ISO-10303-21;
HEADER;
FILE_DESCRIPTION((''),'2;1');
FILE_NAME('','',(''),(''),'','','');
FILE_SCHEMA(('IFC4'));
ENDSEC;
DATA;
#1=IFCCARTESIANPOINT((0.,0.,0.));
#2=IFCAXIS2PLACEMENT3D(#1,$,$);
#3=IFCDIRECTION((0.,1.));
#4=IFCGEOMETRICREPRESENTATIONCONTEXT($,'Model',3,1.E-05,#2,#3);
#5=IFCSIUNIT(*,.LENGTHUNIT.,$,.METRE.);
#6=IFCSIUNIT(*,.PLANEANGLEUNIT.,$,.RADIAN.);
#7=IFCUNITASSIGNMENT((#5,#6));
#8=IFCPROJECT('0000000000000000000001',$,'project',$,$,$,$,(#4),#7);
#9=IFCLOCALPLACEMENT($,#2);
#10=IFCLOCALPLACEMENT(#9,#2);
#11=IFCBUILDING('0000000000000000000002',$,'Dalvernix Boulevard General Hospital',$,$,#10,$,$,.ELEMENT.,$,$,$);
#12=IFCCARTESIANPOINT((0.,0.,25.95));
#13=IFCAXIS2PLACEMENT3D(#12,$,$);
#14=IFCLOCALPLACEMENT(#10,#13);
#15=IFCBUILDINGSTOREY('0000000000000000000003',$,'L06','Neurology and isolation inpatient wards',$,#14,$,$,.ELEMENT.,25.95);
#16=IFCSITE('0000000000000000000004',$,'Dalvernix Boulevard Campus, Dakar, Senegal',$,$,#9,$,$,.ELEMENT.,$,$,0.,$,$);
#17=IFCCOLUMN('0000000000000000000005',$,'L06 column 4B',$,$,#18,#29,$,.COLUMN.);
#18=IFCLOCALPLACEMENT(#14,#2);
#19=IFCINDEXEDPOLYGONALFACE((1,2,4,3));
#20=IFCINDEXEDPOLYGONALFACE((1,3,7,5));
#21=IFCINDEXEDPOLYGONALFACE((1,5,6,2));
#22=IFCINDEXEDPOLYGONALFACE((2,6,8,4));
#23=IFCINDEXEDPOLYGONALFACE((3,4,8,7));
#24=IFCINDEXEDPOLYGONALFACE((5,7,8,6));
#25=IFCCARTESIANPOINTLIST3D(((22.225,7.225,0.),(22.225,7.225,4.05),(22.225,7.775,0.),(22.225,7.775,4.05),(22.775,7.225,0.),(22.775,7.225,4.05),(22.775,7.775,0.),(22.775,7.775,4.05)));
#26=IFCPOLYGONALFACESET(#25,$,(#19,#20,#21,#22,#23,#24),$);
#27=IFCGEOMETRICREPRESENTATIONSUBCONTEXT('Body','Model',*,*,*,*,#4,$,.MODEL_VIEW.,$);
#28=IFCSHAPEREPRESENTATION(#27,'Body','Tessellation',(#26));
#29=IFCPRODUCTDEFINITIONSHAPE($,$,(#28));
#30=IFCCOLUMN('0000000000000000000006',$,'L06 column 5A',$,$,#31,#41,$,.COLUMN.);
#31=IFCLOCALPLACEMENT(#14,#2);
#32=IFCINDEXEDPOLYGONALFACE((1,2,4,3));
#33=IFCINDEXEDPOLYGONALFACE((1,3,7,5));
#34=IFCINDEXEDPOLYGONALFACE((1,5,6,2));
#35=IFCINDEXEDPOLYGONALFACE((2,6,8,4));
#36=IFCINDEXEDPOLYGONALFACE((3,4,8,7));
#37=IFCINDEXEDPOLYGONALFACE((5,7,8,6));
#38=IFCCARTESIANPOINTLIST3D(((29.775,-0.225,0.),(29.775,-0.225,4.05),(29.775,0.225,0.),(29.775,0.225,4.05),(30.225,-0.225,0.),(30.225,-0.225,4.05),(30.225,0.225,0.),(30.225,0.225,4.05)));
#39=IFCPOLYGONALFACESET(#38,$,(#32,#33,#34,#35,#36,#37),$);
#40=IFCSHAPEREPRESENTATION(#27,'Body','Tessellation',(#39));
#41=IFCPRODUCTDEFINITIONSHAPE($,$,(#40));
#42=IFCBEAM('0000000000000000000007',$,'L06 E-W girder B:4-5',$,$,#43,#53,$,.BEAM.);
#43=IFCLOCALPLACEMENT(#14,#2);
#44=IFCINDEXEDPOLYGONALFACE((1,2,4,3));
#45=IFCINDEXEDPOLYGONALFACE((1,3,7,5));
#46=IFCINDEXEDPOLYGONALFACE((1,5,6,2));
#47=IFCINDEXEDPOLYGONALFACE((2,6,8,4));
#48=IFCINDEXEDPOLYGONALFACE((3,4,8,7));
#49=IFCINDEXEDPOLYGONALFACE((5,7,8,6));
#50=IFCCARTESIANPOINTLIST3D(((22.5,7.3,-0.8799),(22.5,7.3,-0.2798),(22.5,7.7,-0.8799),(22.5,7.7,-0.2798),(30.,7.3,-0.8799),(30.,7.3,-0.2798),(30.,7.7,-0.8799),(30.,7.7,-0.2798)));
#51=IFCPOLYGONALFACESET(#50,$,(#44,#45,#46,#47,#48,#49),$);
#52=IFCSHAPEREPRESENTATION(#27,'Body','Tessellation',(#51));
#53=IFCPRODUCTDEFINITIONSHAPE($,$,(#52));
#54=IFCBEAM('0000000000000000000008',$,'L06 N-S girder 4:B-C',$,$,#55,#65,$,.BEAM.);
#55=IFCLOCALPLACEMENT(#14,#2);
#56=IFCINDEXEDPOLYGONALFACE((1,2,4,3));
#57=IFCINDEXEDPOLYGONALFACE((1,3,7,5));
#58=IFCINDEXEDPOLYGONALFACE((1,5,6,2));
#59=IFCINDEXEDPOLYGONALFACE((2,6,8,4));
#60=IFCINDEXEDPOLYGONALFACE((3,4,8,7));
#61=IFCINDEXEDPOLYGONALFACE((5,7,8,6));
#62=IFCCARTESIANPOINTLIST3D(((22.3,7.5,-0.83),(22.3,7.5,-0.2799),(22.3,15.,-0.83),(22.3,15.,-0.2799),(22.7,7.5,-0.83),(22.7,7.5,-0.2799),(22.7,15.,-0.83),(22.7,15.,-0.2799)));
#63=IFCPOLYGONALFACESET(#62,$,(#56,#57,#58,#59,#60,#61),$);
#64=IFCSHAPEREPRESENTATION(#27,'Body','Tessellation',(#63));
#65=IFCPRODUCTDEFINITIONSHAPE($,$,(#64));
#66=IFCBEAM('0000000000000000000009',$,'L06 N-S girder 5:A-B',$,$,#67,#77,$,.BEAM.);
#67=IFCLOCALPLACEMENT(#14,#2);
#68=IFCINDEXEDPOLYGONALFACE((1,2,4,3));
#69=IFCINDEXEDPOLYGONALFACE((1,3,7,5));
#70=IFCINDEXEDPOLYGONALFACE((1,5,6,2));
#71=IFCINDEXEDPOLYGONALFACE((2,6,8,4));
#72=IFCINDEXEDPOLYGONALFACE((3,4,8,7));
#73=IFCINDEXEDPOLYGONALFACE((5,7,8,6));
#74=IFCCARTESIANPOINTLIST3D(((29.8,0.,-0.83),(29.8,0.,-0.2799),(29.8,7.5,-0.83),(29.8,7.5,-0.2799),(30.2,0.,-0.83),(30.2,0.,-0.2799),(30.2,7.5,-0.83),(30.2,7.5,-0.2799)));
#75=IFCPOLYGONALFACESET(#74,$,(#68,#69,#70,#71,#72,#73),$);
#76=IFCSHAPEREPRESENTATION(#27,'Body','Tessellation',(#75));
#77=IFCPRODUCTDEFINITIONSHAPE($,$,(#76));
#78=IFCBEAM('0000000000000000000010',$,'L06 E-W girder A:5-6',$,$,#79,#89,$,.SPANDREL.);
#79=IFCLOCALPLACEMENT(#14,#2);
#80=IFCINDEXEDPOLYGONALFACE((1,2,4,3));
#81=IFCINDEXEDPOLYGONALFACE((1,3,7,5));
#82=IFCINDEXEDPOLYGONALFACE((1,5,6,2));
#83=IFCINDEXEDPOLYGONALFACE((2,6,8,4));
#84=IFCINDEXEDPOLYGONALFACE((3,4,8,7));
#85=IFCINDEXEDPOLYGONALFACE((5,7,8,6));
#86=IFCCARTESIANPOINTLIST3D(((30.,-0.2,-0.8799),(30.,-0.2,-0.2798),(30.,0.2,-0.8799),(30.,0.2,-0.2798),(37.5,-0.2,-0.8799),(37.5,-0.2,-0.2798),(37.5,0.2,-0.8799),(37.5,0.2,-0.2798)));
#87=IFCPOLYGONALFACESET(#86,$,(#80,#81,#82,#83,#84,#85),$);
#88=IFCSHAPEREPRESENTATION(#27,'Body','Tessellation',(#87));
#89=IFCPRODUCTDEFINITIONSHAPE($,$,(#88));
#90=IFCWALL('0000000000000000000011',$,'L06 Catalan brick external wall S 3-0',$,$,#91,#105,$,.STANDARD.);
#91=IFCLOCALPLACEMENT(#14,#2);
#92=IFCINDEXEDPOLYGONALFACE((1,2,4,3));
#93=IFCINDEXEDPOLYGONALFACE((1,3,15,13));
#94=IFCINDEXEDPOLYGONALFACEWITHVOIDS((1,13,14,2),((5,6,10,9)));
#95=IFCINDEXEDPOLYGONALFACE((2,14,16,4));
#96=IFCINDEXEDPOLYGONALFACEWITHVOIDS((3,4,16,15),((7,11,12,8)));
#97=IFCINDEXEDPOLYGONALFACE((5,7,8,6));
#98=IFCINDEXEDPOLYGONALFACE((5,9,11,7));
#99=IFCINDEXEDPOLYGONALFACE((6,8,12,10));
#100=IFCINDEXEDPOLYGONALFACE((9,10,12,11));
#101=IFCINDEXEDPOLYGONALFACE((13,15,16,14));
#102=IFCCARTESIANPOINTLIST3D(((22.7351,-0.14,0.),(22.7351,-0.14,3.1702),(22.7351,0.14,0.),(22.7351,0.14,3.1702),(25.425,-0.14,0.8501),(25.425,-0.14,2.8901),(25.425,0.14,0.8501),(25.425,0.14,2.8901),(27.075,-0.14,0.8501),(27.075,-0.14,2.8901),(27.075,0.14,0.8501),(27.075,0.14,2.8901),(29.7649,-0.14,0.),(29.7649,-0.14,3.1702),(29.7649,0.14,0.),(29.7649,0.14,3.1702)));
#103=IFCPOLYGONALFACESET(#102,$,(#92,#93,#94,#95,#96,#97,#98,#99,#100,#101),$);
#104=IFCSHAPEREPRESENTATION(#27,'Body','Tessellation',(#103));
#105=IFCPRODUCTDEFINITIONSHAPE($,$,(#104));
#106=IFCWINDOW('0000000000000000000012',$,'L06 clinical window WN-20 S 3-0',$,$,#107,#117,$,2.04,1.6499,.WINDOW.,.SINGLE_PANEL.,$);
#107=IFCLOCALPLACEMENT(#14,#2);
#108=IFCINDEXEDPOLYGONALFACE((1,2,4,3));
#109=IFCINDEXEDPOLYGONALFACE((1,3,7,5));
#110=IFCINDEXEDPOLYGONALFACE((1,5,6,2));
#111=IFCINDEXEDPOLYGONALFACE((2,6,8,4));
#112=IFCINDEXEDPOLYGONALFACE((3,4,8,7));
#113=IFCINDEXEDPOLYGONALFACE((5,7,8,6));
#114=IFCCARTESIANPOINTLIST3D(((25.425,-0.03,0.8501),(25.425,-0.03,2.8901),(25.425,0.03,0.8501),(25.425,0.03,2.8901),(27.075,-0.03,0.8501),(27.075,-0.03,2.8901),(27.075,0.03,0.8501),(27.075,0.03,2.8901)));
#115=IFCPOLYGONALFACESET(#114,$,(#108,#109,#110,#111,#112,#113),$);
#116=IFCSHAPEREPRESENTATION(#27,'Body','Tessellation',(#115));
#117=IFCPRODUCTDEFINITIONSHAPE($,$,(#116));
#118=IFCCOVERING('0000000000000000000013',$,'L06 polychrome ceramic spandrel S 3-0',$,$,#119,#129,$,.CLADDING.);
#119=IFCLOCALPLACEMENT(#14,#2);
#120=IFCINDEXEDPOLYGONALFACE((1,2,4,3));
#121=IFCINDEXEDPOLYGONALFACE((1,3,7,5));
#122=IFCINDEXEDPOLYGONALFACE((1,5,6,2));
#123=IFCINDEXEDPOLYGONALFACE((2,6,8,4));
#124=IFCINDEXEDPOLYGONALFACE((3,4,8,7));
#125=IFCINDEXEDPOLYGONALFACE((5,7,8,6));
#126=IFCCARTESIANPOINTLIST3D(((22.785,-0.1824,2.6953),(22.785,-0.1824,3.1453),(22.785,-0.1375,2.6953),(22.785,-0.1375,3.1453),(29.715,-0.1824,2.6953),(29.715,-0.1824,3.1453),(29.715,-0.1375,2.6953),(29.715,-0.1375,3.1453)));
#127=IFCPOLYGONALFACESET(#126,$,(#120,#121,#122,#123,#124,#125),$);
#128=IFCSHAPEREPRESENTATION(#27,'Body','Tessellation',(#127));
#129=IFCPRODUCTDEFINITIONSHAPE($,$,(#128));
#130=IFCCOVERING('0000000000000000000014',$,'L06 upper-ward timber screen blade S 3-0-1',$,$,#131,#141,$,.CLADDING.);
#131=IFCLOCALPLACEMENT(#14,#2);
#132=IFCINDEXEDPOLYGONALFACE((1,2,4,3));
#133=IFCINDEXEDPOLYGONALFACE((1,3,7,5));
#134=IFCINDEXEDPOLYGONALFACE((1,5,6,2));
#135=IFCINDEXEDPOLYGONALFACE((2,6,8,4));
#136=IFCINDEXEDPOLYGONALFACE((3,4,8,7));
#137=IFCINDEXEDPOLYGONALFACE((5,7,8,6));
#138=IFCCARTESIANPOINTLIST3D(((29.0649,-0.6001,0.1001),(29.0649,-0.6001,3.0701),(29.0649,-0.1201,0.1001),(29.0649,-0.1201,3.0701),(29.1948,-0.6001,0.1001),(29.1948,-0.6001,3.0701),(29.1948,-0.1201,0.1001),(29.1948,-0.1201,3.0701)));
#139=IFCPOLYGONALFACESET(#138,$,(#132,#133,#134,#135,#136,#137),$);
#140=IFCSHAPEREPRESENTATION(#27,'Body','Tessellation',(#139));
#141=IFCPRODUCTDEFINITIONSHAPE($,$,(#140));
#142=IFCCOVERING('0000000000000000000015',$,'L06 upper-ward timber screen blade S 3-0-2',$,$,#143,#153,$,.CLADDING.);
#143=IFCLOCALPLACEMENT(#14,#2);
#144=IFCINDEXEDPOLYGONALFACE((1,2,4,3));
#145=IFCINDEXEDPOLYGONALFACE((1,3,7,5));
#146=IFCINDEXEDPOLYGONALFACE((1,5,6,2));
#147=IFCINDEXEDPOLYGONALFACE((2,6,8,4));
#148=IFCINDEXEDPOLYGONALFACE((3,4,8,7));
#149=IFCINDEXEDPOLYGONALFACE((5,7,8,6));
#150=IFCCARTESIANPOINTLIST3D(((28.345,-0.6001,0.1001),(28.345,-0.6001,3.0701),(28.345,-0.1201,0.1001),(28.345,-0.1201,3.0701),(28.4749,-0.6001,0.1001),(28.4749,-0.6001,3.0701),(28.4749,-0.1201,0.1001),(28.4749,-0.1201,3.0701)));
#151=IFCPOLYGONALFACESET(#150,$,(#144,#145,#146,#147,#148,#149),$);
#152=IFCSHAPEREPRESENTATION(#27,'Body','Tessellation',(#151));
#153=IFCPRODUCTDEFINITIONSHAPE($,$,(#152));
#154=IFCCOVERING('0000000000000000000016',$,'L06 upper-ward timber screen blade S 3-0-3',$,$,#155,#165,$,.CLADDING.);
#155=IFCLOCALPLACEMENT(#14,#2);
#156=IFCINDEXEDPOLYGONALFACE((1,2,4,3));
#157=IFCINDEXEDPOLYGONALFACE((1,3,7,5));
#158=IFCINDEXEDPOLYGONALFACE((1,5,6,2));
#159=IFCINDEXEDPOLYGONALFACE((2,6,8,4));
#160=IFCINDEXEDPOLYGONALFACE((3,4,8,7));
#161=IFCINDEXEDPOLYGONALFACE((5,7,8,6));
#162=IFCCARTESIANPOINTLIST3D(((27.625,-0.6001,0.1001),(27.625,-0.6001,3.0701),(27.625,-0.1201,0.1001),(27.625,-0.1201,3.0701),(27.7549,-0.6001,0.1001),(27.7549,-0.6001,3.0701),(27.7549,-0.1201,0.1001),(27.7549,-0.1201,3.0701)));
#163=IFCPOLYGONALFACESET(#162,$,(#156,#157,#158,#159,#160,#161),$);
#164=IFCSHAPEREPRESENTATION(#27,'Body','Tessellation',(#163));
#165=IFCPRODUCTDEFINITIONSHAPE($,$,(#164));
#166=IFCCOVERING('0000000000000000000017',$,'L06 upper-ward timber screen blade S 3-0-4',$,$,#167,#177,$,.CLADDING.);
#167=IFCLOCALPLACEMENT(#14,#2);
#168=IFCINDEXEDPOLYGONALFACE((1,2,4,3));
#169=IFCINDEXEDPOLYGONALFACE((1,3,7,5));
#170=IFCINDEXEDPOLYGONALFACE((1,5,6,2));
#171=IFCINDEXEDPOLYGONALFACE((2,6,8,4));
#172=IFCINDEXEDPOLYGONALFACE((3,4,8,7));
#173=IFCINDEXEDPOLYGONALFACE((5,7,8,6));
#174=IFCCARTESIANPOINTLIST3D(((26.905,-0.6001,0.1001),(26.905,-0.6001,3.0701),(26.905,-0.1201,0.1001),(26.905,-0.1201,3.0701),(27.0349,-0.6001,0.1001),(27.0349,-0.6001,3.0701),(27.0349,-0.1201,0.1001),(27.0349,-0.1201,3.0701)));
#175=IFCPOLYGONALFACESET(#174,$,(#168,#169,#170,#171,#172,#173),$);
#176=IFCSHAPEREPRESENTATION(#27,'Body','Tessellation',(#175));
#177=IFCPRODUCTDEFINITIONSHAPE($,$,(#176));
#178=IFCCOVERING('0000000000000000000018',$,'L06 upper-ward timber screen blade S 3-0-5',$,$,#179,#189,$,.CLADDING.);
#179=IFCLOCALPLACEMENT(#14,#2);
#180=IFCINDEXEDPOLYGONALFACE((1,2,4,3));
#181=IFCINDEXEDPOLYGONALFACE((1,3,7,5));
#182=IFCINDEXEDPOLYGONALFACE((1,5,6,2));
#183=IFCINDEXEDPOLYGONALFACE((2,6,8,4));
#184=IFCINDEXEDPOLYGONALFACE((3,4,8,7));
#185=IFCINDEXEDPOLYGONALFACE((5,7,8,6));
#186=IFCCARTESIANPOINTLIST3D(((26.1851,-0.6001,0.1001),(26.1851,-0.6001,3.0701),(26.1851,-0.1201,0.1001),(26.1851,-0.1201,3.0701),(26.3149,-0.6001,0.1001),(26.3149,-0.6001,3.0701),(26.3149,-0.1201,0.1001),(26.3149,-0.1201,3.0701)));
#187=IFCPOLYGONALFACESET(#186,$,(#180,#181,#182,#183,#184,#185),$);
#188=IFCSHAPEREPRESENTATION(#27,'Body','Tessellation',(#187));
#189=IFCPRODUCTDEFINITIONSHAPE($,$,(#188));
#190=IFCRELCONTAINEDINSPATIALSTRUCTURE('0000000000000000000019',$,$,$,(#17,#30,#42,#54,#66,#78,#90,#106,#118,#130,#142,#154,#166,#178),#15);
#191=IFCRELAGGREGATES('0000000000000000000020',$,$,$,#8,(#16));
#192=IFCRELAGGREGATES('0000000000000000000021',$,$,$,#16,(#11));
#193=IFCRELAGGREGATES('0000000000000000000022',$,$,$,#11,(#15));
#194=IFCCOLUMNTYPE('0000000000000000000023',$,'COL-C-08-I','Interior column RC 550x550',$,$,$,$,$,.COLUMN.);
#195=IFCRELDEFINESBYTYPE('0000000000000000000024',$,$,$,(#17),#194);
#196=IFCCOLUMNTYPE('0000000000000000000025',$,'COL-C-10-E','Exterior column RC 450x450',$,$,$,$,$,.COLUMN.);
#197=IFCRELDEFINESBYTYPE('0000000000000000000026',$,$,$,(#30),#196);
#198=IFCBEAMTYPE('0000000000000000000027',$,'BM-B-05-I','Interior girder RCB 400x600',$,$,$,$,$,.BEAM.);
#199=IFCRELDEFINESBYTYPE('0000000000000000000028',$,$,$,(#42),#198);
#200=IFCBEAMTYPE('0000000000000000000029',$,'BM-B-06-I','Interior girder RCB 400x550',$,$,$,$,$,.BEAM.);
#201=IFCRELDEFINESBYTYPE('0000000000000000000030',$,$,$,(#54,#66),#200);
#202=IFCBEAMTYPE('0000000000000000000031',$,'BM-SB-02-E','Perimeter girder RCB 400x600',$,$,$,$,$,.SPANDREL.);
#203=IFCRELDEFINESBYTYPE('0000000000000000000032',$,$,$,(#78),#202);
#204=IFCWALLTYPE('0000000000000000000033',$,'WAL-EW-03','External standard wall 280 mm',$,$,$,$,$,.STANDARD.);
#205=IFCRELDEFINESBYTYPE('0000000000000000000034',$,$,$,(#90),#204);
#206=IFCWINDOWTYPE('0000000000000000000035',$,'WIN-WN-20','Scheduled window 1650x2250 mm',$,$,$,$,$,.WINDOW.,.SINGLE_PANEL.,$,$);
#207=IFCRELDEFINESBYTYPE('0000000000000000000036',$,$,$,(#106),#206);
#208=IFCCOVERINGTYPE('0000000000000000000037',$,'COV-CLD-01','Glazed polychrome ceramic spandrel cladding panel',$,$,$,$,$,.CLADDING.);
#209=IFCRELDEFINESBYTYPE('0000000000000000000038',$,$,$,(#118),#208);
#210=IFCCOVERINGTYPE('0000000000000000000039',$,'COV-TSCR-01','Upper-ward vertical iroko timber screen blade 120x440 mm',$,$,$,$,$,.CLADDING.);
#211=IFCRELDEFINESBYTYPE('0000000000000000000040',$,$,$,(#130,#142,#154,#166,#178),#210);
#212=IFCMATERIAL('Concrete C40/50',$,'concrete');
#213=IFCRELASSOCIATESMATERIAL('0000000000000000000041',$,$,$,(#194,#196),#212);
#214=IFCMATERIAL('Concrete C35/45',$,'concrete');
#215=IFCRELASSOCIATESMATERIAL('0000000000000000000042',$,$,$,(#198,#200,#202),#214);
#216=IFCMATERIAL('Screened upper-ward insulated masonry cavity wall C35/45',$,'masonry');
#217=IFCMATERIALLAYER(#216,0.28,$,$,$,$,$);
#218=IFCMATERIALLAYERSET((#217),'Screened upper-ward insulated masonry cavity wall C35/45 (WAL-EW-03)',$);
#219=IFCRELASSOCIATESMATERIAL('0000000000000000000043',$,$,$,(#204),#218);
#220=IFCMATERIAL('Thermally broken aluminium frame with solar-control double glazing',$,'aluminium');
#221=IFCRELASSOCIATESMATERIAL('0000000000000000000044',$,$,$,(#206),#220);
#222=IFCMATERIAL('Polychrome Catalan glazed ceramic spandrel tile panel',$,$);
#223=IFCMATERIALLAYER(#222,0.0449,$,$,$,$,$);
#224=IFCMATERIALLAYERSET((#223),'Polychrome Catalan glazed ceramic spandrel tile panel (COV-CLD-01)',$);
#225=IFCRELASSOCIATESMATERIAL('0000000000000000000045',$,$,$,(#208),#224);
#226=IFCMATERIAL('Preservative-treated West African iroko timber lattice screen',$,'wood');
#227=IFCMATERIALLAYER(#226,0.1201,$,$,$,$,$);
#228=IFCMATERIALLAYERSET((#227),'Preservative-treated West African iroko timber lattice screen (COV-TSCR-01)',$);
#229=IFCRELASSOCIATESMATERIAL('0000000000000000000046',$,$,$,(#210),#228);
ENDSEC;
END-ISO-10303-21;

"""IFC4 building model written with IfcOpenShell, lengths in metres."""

from ifc_helpers import new_model, si_unit, direction, frame, frame_2d, origin, origin_2d, place, context, subcontext, project, spatial, rectangle, extrude, material, layer, layer_set, material_profile, profile_set, type_object, element, fill, save


model = new_model("IFC4")

# Units and contexts
model_context = context("Model", 3, precision=1e-05, world=origin(), true_north=direction((0.0, 1.0)))
body_context = subcontext(model_context, "Body", "Model", "MODEL_VIEW")
ifc_project = project(units=[si_unit("LENGTHUNIT", "METRE"), si_unit("PLANEANGLEUNIT", "RADIAN")], contexts=[model_context])

# Site, building, storey
site_placement = place(None, origin())
site = spatial("IfcSite", under=ifc_project, at=site_placement, Name="Dalvernix Boulevard Campus, Dakar, Senegal", CompositionType="ELEMENT", RefElevation=0.0)
building_placement = place(site_placement, origin())
building = spatial("IfcBuilding", under=site, at=building_placement, Name="Dalvernix Boulevard General Hospital", CompositionType="ELEMENT")
storey_placement = place(building_placement, frame((0.0, 0.0, 25.95)))
storey = spatial("IfcBuildingStorey", under=building, at=storey_placement, Name="L06", Description="Neurology and isolation inpatient wards", CompositionType="ELEMENT", Elevation=25.95)

# Columns
ifc_material_1 = material(Name="Concrete C40/50", Category="concrete")
ifc_material_profile_1 = material_profile(ifc_material_1, rectangle(XDim=0.55, YDim=0.55, at=origin_2d()), Name="RC 550x550")
ifc_profile_set_1 = profile_set([ifc_material_profile_1], Name="Concrete C40/50")
column_type_1 = type_object("IfcColumnType", Name="COL-C-08-I", Description="Interior column RC 550x550", PredefinedType="COLUMN", material=ifc_profile_set_1)
column_1_placement = place(storey_placement, frame((22.5, 7.5, 0.0), z_axis=(0.0, 0.0, 1.0), x_axis=(1.0, 0.0, 0.0)))
element("IfcColumn", 1, at=column_1_placement, inside=storey, type_object=column_type_1, Name="L06 column 4B", PredefinedType="COLUMN", context=body_context, shape_type="SweptSolid", body=[
    extrude(rectangle(XDim=0.55, YDim=0.55, at=origin_2d()), origin(), (0.0, 0.0, 1.0), 4.05),
])
ifc_material_profile_2 = material_profile(ifc_material_1, rectangle(XDim=0.45, YDim=0.45, at=origin_2d()), Name="RC 450x450")
ifc_profile_set_2 = profile_set([ifc_material_profile_2], Name="Concrete C40/50")
column_type_2 = type_object("IfcColumnType", Name="COL-C-10-E", Description="Exterior column RC 450x450", PredefinedType="COLUMN", material=ifc_profile_set_2)
column_2_placement = place(storey_placement, frame((30.0, 0.0, 0.0), z_axis=(0.0, 0.0, 1.0), x_axis=(1.0, 0.0, 0.0)))
element("IfcColumn", 2, at=column_2_placement, inside=storey, type_object=column_type_2, Name="L06 column 5A", PredefinedType="COLUMN", context=body_context, shape_type="SweptSolid", body=[
    extrude(rectangle(XDim=0.45, YDim=0.45, at=origin_2d()), origin(), (0.0, 0.0, 1.0), 4.05),
])

# Beams
ifc_material_2 = material(Name="Concrete C35/45", Category="concrete")
ifc_material_profile_3 = material_profile(ifc_material_2, rectangle(XDim=0.3999, YDim=0.6001, at=origin_2d()), Name="RCB 400x600")
ifc_profile_set_3 = profile_set([ifc_material_profile_3], Name="Concrete C35/45")
beam_type_1 = type_object("IfcBeamType", Name="BM-B-05-I", Description="Interior girder RCB 400x600", PredefinedType="BEAM", material=ifc_profile_set_3)
beam_1_placement = place(storey_placement, frame((22.5, 7.5, -0.5798), z_axis=(1.0, 0.0, 0.0), x_axis=(0.0, 1.0, 0.0)))
element("IfcBeam", 3, at=beam_1_placement, inside=storey, type_object=beam_type_1, Name="L06 E-W girder B:4-5", PredefinedType="BEAM", context=body_context, shape_type="SweptSolid", body=[
    extrude(rectangle(XDim=0.3999, YDim=0.6001, at=origin_2d()), origin(), (0.0, 0.0, 1.0), 7.5),
])
ifc_material_profile_4 = material_profile(ifc_material_2, rectangle(XDim=0.3999, YDim=0.55, at=origin_2d()), Name="RCB 400x550")
ifc_profile_set_4 = profile_set([ifc_material_profile_4], Name="Concrete C35/45")
beam_type_2 = type_object("IfcBeamType", Name="BM-B-06-I", Description="Interior girder RCB 400x550", PredefinedType="BEAM", material=ifc_profile_set_4)
for number, where, z_axis, x_axis, name in (
    (4, (22.5, 7.5, -0.5549), (0.0, 1.0, 0.0), (-1.0, 0.0, 0.0), "L06 N-S girder 4:B-C"),
    (5, (30.0, 0.0, -0.5549), (0.0, 1.0, 0.0), (-1.0, 0.0, 0.0), "L06 N-S girder 5:A-B"),
):
    element("IfcBeam", number, at=place(storey_placement, frame(where, z_axis=z_axis, x_axis=x_axis)), inside=storey, type_object=beam_type_2, Name=name, PredefinedType="BEAM", context=body_context, shape_type="SweptSolid", body=[
        extrude(rectangle(XDim=0.3999, YDim=0.55, at=origin_2d()), origin(), (0.0, 0.0, 1.0), 7.5),
    ])
ifc_material_profile_5 = material_profile(ifc_material_2, rectangle(XDim=0.3999, YDim=0.6001, at=origin_2d()), Name="RCB 400x600")
ifc_profile_set_5 = profile_set([ifc_material_profile_5], Name="Concrete C35/45")
beam_type_3 = type_object("IfcBeamType", Name="BM-SB-02-E", Description="Perimeter girder RCB 400x600", PredefinedType="SPANDREL", material=ifc_profile_set_5)
beam_2_placement = place(storey_placement, frame((30.0, 0.0, -0.5798), z_axis=(1.0, 0.0, 0.0), x_axis=(0.0, 1.0, 0.0)))
element("IfcBeam", 6, at=beam_2_placement, inside=storey, type_object=beam_type_3, Name="L06 E-W girder A:5-6", PredefinedType="SPANDREL", context=body_context, shape_type="SweptSolid", body=[
    extrude(rectangle(XDim=0.3999, YDim=0.6001, at=origin_2d()), origin(), (0.0, 0.0, 1.0), 7.5),
])

# Wall, opening, window
ifc_material_3 = material(Name="Screened upper-ward insulated masonry cavity wall C35/45", Category="masonry")
ifc_layer_1 = layer(ifc_material_3, 0.28)
ifc_layer_set_1 = layer_set([ifc_layer_1], Name="Screened upper-ward insulated masonry cavity wall C35/45 (WAL-EW-03)")
wall_type = type_object("IfcWallType", Name="WAL-EW-03", Description="External standard wall 280 mm", PredefinedType="STANDARD", material=ifc_layer_set_1)
wall_placement = place(storey_placement, frame((29.7649, 0.0, 0.0), z_axis=(0.0, 0.0, 1.0), x_axis=(-1.0, 0.0, 0.0)))
wall = element("IfcWall", 7, at=wall_placement, inside=storey, type_object=wall_type, Name="L06 Catalan brick external wall S 3-0", PredefinedType="STANDARD", context=body_context, shape_type="SweptSolid", body=[
    extrude(rectangle(XDim=7.0298, YDim=0.28, at=frame_2d((3.5149, 0.0))), origin(), (0.0, 0.0, 1.0), 3.1702),
])
opening_placement = place(wall_placement, frame((2.6899, 0.0, 0.8501)))
opening = element("IfcOpeningElement", 8, at=opening_placement, cuts=wall, PredefinedType="OPENING", context=body_context, shape_type="SweptSolid", body=[
    extrude(rectangle(XDim=1.6499, YDim=2.04, at=frame_2d((0.825, 1.02))), frame((0.0, 0.1499, 0.0), z_axis=(0.0, -1.0, 0.0), x_axis=(1.0, 0.0, 0.0)), (0.0, 0.0, 1.0), 0.3),
])
ifc_material_4 = material(Name="Thermally broken aluminium frame with solar-control double glazing", Category="aluminium")
window_type = type_object("IfcWindowType", Name="WIN-WN-20", Description="Scheduled window 1650x2250 mm", PartitioningType="SINGLE_PANEL", PredefinedType="WINDOW", material=ifc_material_4)
window_placement = place(opening_placement, origin())
window = element("IfcWindow", 9, at=window_placement, inside=storey, type_object=window_type, Name="L06 clinical window WN-20 S 3-0", OverallHeight=2.04, OverallWidth=1.6499, PartitioningType="SINGLE_PANEL", PredefinedType="WINDOW", context=body_context, shape_type="SweptSolid", body=[
    extrude(rectangle(XDim=1.6499, YDim=2.04, at=frame_2d((0.825, 1.02))), frame((0.0, 0.03, 0.0), z_axis=(0.0, -1.0, 0.0), x_axis=(1.0, 0.0, 0.0)), (0.0, 0.0, 1.0), 0.0601),
])
fill(opening, window)

# Coverings
ifc_material_5 = material(Name="Polychrome Catalan glazed ceramic spandrel tile panel")
ifc_layer_2 = layer(ifc_material_5, 0.0449)
ifc_layer_set_2 = layer_set([ifc_layer_2], Name="Polychrome Catalan glazed ceramic spandrel tile panel (COV-CLD-01)")
covering_type_1 = type_object("IfcCoveringType", Name="COV-CLD-01", Description="Glazed polychrome ceramic spandrel cladding panel", PredefinedType="CLADDING", material=ifc_layer_set_2)
covering_placement = place(storey_placement, frame((26.25, -0.1599, 2.6953), z_axis=(0.0, 0.0, 1.0), x_axis=(-1.0, 0.0, 0.0)))
element("IfcCovering", 10, at=covering_placement, inside=storey, type_object=covering_type_1, Name="L06 polychrome ceramic spandrel S 3-0", PredefinedType="CLADDING", context=body_context, shape_type="SweptSolid", body=[
    extrude(rectangle(XDim=6.9299, YDim=0.0449, at=origin_2d()), origin(), (0.0, 0.0, 1.0), 0.45),
])
ifc_material_6 = material(Name="Preservative-treated West African iroko timber lattice screen", Category="wood")
ifc_layer_3 = layer(ifc_material_6, 0.1201)
ifc_layer_set_3 = layer_set([ifc_layer_3], Name="Preservative-treated West African iroko timber lattice screen (COV-TSCR-01)")
covering_type_2 = type_object("IfcCoveringType", Name="COV-TSCR-01", Description="Upper-ward vertical iroko timber screen blade 120x440 mm", PredefinedType="CLADDING", material=ifc_layer_set_3)
for number, where, z_axis, x_axis, name in (
    (11, (29.1299, -0.3601, 0.1001), (0.0, 0.0, 1.0), (-1.0, 0.0, 0.0), "L06 upper-ward timber screen blade S 3-0-1"),
    (12, (28.4099, -0.3601, 0.1001), (0.0, 0.0, 1.0), (-1.0, 0.0, 0.0), "L06 upper-ward timber screen blade S 3-0-2"),
    (13, (27.6899, -0.3601, 0.1001), (0.0, 0.0, 1.0), (-1.0, 0.0, 0.0), "L06 upper-ward timber screen blade S 3-0-3"),
    (14, (26.97, -0.3601, 0.1001), (0.0, 0.0, 1.0), (-1.0, 0.0, 0.0), "L06 upper-ward timber screen blade S 3-0-4"),
    (15, (26.25, -0.3601, 0.1001), (0.0, 0.0, 1.0), (-1.0, 0.0, 0.0), "L06 upper-ward timber screen blade S 3-0-5"),
):
    element("IfcCovering", number, at=place(storey_placement, frame(where, z_axis=z_axis, x_axis=x_axis)), inside=storey, type_object=covering_type_2, Name=name, PredefinedType="CLADDING", context=body_context, shape_type="SweptSolid", body=[
        extrude(rectangle(XDim=0.1299, YDim=0.48, at=origin_2d()), origin(), (0.0, 0.0, 1.0), 2.97),
    ])

save(model, "model.ifc")
